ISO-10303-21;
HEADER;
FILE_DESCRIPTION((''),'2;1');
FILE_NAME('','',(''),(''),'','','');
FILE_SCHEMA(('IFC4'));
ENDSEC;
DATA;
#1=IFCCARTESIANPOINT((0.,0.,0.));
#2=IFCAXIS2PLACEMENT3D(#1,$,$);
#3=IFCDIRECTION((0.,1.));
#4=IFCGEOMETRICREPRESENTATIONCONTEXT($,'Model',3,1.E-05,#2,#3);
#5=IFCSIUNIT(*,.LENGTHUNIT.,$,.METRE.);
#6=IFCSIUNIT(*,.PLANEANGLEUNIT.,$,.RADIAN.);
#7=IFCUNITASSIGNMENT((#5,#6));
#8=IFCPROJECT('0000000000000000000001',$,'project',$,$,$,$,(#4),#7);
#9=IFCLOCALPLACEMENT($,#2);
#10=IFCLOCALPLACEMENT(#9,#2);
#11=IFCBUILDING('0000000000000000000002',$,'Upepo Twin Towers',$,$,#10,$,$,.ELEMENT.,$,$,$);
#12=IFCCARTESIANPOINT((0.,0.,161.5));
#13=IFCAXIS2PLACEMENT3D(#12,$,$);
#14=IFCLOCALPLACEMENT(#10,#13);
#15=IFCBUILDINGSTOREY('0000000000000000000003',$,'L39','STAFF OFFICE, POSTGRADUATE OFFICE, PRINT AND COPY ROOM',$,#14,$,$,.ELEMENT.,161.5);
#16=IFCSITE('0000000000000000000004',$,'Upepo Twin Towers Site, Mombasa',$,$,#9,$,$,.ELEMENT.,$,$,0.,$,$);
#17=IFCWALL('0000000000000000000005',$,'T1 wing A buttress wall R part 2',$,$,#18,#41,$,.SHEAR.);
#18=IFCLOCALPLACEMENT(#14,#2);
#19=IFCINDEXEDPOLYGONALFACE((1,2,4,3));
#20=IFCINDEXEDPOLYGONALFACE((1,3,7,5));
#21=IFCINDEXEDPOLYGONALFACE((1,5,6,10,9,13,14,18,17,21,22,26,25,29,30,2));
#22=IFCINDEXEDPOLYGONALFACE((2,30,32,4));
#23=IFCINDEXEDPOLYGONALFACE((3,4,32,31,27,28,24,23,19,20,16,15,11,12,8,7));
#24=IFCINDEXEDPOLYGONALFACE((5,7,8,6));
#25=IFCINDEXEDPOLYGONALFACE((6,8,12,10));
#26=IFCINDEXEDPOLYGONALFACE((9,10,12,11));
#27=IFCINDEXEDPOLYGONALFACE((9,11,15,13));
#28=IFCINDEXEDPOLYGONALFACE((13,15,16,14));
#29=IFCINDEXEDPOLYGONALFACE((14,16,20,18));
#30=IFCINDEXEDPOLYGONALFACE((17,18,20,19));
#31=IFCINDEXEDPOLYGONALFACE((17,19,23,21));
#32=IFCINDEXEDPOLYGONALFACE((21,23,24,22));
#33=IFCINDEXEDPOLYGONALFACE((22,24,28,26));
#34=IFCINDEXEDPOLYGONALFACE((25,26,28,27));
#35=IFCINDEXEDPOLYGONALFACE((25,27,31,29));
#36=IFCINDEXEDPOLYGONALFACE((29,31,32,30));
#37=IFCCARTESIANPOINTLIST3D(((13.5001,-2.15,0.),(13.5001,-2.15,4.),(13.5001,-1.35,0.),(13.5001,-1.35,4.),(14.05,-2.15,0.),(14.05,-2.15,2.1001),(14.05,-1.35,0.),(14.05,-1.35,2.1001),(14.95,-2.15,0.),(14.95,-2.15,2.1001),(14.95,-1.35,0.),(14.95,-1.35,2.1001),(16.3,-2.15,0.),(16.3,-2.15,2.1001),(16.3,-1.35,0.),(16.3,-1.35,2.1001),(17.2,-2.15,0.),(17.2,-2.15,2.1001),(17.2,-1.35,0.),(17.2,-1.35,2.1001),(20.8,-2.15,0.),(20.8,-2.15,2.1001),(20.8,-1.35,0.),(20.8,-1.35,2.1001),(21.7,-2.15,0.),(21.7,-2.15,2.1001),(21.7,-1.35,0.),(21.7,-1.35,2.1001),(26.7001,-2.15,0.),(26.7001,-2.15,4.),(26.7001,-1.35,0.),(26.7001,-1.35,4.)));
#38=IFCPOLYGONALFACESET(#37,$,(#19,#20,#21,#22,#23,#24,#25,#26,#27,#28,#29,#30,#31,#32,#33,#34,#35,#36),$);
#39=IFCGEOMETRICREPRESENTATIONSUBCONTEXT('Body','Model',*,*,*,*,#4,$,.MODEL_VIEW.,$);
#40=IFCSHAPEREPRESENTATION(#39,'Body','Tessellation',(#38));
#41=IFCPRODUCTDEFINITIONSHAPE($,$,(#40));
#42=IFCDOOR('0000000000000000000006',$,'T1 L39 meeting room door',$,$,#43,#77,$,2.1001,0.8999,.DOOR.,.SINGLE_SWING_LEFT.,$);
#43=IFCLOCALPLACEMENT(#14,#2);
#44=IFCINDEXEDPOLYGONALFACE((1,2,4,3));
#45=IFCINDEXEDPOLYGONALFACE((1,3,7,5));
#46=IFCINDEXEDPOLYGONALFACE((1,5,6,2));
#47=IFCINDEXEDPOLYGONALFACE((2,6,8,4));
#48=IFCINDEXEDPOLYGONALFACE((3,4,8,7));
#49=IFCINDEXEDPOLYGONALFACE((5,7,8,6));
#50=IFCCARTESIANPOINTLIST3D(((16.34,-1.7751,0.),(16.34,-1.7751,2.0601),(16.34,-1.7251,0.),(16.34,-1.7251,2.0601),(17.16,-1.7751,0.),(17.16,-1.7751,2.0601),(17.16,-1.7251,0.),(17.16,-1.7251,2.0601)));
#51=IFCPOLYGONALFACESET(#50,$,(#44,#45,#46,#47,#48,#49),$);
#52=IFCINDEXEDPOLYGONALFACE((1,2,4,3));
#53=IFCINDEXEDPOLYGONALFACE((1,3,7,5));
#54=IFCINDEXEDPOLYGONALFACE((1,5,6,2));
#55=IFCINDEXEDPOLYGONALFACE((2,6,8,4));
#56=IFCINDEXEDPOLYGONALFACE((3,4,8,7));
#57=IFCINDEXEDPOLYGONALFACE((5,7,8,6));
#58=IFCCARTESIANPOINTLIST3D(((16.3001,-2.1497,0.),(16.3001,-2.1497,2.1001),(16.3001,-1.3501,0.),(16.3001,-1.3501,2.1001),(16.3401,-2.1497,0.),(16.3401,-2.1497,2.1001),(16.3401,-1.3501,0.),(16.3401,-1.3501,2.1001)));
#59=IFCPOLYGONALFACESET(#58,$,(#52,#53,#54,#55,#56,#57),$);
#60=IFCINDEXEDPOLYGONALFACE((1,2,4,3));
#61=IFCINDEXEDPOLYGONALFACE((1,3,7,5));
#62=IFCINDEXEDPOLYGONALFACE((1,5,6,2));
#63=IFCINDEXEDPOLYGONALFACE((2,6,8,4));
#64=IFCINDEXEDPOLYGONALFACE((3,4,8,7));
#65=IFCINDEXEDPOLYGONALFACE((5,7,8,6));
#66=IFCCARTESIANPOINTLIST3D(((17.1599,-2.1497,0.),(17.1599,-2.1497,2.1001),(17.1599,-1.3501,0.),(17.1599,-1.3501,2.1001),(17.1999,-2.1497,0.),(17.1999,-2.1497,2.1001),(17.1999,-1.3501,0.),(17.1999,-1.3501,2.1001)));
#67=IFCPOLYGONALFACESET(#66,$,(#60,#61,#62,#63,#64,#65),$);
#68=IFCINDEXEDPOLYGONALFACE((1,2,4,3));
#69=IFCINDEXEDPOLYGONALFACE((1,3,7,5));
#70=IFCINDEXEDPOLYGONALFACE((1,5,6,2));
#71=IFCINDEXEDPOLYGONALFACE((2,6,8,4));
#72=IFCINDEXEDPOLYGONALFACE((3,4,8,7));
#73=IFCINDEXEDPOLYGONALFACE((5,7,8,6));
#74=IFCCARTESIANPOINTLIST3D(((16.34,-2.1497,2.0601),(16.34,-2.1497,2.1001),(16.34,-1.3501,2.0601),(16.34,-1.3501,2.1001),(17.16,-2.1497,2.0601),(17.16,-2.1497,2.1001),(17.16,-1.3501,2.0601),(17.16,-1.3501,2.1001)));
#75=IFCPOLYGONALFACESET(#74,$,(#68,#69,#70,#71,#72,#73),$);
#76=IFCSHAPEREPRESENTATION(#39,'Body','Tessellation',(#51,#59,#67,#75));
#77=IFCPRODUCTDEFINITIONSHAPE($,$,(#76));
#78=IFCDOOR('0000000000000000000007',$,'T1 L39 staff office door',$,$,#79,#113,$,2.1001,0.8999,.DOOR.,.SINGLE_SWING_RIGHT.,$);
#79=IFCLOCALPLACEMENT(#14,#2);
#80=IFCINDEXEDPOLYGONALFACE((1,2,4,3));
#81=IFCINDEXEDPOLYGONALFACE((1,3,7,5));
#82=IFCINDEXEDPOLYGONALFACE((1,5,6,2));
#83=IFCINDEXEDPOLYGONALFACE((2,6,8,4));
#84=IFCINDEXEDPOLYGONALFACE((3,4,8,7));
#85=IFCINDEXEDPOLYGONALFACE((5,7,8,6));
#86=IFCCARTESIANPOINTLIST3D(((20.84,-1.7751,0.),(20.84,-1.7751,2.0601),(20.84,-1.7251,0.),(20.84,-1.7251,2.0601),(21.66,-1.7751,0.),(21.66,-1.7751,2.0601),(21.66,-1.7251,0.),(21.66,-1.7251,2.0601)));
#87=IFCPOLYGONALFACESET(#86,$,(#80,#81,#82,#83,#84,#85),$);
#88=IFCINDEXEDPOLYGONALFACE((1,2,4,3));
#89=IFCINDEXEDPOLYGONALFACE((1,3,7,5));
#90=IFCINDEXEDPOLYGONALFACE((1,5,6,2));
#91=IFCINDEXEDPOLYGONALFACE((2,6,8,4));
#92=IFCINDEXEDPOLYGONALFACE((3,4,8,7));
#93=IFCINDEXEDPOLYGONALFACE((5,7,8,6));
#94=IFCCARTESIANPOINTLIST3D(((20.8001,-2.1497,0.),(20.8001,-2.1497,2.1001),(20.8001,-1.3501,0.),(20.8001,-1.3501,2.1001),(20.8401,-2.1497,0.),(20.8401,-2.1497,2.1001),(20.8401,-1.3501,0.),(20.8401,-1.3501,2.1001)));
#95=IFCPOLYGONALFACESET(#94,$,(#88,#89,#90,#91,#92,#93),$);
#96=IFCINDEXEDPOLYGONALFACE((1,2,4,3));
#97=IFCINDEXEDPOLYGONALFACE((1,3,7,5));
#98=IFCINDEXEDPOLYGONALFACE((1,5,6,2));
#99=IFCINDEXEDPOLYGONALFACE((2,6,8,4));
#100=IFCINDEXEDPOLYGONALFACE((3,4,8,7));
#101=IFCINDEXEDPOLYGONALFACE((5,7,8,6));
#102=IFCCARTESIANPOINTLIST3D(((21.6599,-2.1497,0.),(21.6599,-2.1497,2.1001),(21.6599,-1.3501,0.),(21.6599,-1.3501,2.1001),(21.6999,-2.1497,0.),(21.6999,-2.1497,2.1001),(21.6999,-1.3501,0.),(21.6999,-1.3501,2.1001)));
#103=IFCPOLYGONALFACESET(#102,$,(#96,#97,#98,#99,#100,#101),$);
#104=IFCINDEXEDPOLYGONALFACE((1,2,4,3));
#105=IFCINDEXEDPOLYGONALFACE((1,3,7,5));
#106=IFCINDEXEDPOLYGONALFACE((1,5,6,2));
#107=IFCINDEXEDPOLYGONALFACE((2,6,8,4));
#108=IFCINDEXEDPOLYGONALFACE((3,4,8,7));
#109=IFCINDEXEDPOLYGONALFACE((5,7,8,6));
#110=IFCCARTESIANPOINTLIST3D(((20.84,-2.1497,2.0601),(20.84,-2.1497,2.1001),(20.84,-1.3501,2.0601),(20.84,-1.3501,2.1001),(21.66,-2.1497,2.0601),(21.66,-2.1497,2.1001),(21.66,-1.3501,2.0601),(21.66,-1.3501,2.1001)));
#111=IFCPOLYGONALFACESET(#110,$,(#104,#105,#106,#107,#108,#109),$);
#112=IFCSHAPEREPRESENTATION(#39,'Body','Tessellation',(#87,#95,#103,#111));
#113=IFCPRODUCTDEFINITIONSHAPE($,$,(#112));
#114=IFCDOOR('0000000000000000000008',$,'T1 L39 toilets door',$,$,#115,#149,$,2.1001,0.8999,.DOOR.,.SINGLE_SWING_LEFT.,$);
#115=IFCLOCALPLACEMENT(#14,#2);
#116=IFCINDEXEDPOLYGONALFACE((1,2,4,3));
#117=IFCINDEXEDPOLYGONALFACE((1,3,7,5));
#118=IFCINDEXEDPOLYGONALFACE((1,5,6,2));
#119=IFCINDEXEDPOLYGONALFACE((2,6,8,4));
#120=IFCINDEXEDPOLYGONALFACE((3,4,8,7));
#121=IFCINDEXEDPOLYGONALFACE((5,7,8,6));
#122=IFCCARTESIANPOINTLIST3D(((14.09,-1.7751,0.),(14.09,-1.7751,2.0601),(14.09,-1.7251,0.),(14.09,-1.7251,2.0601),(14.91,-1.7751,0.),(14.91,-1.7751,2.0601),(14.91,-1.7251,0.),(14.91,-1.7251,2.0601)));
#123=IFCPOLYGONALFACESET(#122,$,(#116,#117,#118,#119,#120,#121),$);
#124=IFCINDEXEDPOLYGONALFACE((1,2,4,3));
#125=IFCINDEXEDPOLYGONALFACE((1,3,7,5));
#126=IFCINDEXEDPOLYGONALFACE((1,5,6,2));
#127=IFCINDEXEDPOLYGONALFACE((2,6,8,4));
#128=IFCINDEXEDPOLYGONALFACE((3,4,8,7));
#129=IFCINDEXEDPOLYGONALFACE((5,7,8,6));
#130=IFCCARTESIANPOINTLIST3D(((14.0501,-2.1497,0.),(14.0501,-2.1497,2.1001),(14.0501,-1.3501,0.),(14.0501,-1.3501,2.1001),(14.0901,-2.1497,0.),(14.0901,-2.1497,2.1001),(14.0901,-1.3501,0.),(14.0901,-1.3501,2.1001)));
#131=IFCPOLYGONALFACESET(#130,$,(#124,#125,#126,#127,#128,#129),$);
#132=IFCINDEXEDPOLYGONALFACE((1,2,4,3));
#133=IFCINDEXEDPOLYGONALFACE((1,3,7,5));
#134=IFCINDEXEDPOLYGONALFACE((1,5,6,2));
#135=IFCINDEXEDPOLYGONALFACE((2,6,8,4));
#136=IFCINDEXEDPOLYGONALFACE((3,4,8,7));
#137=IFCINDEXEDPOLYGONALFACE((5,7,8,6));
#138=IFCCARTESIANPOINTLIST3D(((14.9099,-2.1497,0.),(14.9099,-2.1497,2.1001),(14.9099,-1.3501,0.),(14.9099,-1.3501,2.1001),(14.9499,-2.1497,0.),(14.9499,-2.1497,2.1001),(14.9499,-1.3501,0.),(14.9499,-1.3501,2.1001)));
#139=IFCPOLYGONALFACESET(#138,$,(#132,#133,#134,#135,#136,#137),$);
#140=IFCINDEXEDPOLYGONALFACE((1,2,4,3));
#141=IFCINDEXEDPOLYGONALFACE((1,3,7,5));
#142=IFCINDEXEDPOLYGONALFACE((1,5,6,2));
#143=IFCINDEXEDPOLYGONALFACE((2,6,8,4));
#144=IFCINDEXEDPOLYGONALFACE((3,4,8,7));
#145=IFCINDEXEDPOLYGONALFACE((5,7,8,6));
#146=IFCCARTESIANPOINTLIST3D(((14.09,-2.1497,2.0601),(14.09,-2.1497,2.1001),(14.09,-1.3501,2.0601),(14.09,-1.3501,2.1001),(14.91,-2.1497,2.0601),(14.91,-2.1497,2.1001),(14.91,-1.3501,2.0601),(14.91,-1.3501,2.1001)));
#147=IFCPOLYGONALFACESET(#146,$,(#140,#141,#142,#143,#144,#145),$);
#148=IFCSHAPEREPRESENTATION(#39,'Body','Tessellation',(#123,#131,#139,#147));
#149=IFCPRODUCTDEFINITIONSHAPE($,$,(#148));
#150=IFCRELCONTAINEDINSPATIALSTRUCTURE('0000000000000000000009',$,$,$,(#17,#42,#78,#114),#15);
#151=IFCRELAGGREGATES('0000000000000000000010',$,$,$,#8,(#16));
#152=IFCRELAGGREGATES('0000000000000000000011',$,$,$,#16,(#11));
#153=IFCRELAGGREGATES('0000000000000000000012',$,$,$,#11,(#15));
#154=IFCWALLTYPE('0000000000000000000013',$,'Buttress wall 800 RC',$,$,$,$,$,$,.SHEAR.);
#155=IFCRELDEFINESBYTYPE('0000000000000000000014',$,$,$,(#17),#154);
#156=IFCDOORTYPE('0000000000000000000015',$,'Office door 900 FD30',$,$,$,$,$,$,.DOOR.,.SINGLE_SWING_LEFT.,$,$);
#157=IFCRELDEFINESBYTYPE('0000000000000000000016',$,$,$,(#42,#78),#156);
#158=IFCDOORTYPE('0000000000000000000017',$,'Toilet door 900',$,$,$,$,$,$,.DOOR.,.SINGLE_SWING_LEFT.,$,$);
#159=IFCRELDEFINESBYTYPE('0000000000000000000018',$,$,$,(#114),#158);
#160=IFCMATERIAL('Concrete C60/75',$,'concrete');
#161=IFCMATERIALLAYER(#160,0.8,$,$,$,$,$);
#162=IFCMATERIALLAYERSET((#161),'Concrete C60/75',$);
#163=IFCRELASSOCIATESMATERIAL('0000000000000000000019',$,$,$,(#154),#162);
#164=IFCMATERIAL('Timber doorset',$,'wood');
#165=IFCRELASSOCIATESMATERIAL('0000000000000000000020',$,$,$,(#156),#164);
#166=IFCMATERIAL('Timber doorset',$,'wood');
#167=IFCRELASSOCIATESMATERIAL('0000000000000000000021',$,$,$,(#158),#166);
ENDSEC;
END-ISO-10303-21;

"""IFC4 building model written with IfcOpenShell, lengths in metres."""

from ifc_helpers import new_model, si_unit, direction, frame, frame_2d, origin, place, context, subcontext, project, spatial, rectangle, extrude, material, layer, layer_set, type_object, element, fill, save


model = new_model("IFC4")

# Units and contexts
model_context = context("Model", 3, precision=1e-05, world=origin(), true_north=direction((0.0, 1.0)))
body_context = subcontext(model_context, "Body", "Model", "MODEL_VIEW")
ifc_project = project(units=[si_unit("LENGTHUNIT", "METRE"), si_unit("PLANEANGLEUNIT", "RADIAN")], contexts=[model_context])

# Site, building, storey
site_placement = place(None, origin())
site = spatial("IfcSite", under=ifc_project, at=site_placement, Name="Upepo Twin Towers Site, Mombasa", CompositionType="ELEMENT", RefElevation=0.0)
building_placement = place(site_placement, origin())
building = spatial("IfcBuilding", under=site, at=building_placement, Name="Upepo Twin Towers", CompositionType="ELEMENT")
storey_placement = place(building_placement, frame((0.0, 0.0, 161.5)))
storey = spatial("IfcBuildingStorey", under=building, at=storey_placement, Name="L39", Description="STAFF OFFICE, POSTGRADUATE OFFICE, PRINT AND COPY ROOM", CompositionType="ELEMENT", Elevation=161.5)

# Wall, openings, doors
ifc_material_1 = material(Name="Concrete C60/75", Category="concrete")
ifc_layer_1 = layer(ifc_material_1, 0.8)
ifc_layer_set_1 = layer_set([ifc_layer_1], Name="Concrete C60/75")
wall_type_1 = type_object("IfcWallType", Name="Buttress wall 800 RC", PredefinedType="SHEAR", material=ifc_layer_set_1)
ifc_material_2 = material(Name="Timber doorset", Category="wood")
door_type_1 = type_object("IfcDoorType", Name="Office door 900 FD30", OperationType="SINGLE_SWING_LEFT", PredefinedType="DOOR", material=ifc_material_2)
ifc_material_3 = material(Name="Timber doorset", Category="wood")
door_type_2 = type_object("IfcDoorType", Name="Toilet door 900", OperationType="SINGLE_SWING_LEFT", PredefinedType="DOOR", material=ifc_material_3)
wall_1_placement = place(storey_placement, frame((13.5, -1.75, 0.0), z_axis=(0.0, 0.0, 1.0), x_axis=(1.0, 0.0, 0.0)))
wall_1 = element("IfcWall", 1, at=wall_1_placement, inside=storey, type_object=wall_type_1, Name="T1 wing A buttress wall R part 2", PredefinedType="SHEAR", context=body_context, shape_type="SweptSolid", body=[
    extrude(rectangle(XDim=13.2, YDim=0.8, at=frame_2d((6.6001, 0.0))), origin(), (0.0, 0.0, 1.0), 4.0),
])
opening_1_placement = place(wall_1_placement, frame((0.55, 0.0, 0.0)))
opening_1 = element("IfcOpeningElement", 2, at=opening_1_placement, cuts=wall_1, PredefinedType="OPENING", context=body_context, shape_type="SweptSolid", body=[
    extrude(rectangle(XDim=0.8999, YDim=2.1001, at=frame_2d((0.45, 1.05))), frame((0.0, 0.4099, 0.0), z_axis=(0.0, -1.0, 0.0), x_axis=(1.0, 0.0, 0.0)), (0.0, 0.0, 1.0), 0.8201),
])
opening_2_placement = place(wall_1_placement, frame((2.8, 0.0, 0.0)))
opening_2 = element("IfcOpeningElement", 3, at=opening_2_placement, cuts=wall_1, PredefinedType="OPENING", context=body_context, shape_type="SweptSolid", body=[
    extrude(rectangle(XDim=0.8999, YDim=2.1001, at=frame_2d((0.45, 1.05))), frame((0.0, 0.4099, 0.0), z_axis=(0.0, -1.0, 0.0), x_axis=(1.0, 0.0, 0.0)), (0.0, 0.0, 1.0), 0.8201),
])
opening_3_placement = place(wall_1_placement, frame((7.3, 0.0, 0.0)))
opening_3 = element("IfcOpeningElement", 4, at=opening_3_placement, cuts=wall_1, PredefinedType="OPENING", context=body_context, shape_type="SweptSolid", body=[
    extrude(rectangle(XDim=0.8999, YDim=2.1001, at=frame_2d((0.45, 1.05))), frame((0.0, 0.4099, 0.0), z_axis=(0.0, -1.0, 0.0), x_axis=(1.0, 0.0, 0.0)), (0.0, 0.0, 1.0), 0.8201),
])
door_1_placement = place(opening_2_placement, origin())
door_1 = element("IfcDoor", 5, at=door_1_placement, inside=storey, type_object=door_type_1, Name="T1 L39 meeting room door", OperationType="SINGLE_SWING_LEFT", OverallHeight=2.1001, OverallWidth=0.8999, PredefinedType="DOOR", context=body_context, shape_type="SweptSolid", body=[
    extrude(rectangle(XDim=0.8199, YDim=2.0601, at=frame_2d((0.45, 1.03))), frame((0.0, 0.0249, 0.0), z_axis=(0.0, -1.0, 0.0), x_axis=(1.0, 0.0, 0.0)), (0.0, 0.0, 1.0), 0.05),
    extrude(rectangle(XDim=0.04, YDim=2.1001, at=frame_2d((0.02, 1.05))), frame((0.0, 0.3999, 0.0), z_axis=(0.0, -1.0, 0.0), x_axis=(1.0, 0.0, 0.0)), (0.0, 0.0, 1.0), 0.7996),
    extrude(rectangle(XDim=0.04, YDim=2.1001, at=frame_2d((0.8799, 1.05))), frame((0.0, 0.3999, 0.0), z_axis=(0.0, -1.0, 0.0), x_axis=(1.0, 0.0, 0.0)), (0.0, 0.0, 1.0), 0.7996),
    extrude(rectangle(XDim=0.8199, YDim=0.04, at=frame_2d((0.45, 2.0801))), frame((0.0, 0.3999, 0.0), z_axis=(0.0, -1.0, 0.0), x_axis=(1.0, 0.0, 0.0)), (0.0, 0.0, 1.0), 0.7996),
])
fill(opening_2, door_1)
door_2_placement = place(opening_3_placement, origin())
door_2 = element("IfcDoor", 6, at=door_2_placement, inside=storey, type_object=door_type_1, Name="T1 L39 staff office door", OperationType="SINGLE_SWING_RIGHT", OverallHeight=2.1001, OverallWidth=0.8999, PredefinedType="DOOR", context=body_context, shape_type="SweptSolid", body=[
    extrude(rectangle(XDim=0.8199, YDim=2.0601, at=frame_2d((0.45, 1.03))), frame((0.0, 0.0249, 0.0), z_axis=(0.0, -1.0, 0.0), x_axis=(1.0, 0.0, 0.0)), (0.0, 0.0, 1.0), 0.05),
    extrude(rectangle(XDim=0.04, YDim=2.1001, at=frame_2d((0.02, 1.05))), frame((0.0, 0.3999, 0.0), z_axis=(0.0, -1.0, 0.0), x_axis=(1.0, 0.0, 0.0)), (0.0, 0.0, 1.0), 0.7996),
    extrude(rectangle(XDim=0.04, YDim=2.1001, at=frame_2d((0.8799, 1.05))), frame((0.0, 0.3999, 0.0), z_axis=(0.0, -1.0, 0.0), x_axis=(1.0, 0.0, 0.0)), (0.0, 0.0, 1.0), 0.7996),
    extrude(rectangle(XDim=0.8199, YDim=0.04, at=frame_2d((0.45, 2.0801))), frame((0.0, 0.3999, 0.0), z_axis=(0.0, -1.0, 0.0), x_axis=(1.0, 0.0, 0.0)), (0.0, 0.0, 1.0), 0.7996),
])
fill(opening_3, door_2)
door_3_placement = place(opening_1_placement, origin())
door_3 = element("IfcDoor", 7, at=door_3_placement, inside=storey, type_object=door_type_2, Name="T1 L39 toilets door", OperationType="SINGLE_SWING_LEFT", OverallHeight=2.1001, OverallWidth=0.8999, PredefinedType="DOOR", context=body_context, shape_type="SweptSolid", body=[
    extrude(rectangle(XDim=0.8199, YDim=2.0601, at=frame_2d((0.45, 1.03))), frame((0.0, 0.0249, 0.0), z_axis=(0.0, -1.0, 0.0), x_axis=(1.0, 0.0, 0.0)), (0.0, 0.0, 1.0), 0.05),
    extrude(rectangle(XDim=0.04, YDim=2.1001, at=frame_2d((0.02, 1.05))), frame((0.0, 0.3999, 0.0), z_axis=(0.0, -1.0, 0.0), x_axis=(1.0, 0.0, 0.0)), (0.0, 0.0, 1.0), 0.7996),
    extrude(rectangle(XDim=0.04, YDim=2.1001, at=frame_2d((0.8799, 1.05))), frame((0.0, 0.3999, 0.0), z_axis=(0.0, -1.0, 0.0), x_axis=(1.0, 0.0, 0.0)), (0.0, 0.0, 1.0), 0.7996),
    extrude(rectangle(XDim=0.8199, YDim=0.04, at=frame_2d((0.45, 2.0801))), frame((0.0, 0.3999, 0.0), z_axis=(0.0, -1.0, 0.0), x_axis=(1.0, 0.0, 0.0)), (0.0, 0.0, 1.0), 0.7996),
])
fill(opening_1, door_3)

save(model, "model.ifc")
